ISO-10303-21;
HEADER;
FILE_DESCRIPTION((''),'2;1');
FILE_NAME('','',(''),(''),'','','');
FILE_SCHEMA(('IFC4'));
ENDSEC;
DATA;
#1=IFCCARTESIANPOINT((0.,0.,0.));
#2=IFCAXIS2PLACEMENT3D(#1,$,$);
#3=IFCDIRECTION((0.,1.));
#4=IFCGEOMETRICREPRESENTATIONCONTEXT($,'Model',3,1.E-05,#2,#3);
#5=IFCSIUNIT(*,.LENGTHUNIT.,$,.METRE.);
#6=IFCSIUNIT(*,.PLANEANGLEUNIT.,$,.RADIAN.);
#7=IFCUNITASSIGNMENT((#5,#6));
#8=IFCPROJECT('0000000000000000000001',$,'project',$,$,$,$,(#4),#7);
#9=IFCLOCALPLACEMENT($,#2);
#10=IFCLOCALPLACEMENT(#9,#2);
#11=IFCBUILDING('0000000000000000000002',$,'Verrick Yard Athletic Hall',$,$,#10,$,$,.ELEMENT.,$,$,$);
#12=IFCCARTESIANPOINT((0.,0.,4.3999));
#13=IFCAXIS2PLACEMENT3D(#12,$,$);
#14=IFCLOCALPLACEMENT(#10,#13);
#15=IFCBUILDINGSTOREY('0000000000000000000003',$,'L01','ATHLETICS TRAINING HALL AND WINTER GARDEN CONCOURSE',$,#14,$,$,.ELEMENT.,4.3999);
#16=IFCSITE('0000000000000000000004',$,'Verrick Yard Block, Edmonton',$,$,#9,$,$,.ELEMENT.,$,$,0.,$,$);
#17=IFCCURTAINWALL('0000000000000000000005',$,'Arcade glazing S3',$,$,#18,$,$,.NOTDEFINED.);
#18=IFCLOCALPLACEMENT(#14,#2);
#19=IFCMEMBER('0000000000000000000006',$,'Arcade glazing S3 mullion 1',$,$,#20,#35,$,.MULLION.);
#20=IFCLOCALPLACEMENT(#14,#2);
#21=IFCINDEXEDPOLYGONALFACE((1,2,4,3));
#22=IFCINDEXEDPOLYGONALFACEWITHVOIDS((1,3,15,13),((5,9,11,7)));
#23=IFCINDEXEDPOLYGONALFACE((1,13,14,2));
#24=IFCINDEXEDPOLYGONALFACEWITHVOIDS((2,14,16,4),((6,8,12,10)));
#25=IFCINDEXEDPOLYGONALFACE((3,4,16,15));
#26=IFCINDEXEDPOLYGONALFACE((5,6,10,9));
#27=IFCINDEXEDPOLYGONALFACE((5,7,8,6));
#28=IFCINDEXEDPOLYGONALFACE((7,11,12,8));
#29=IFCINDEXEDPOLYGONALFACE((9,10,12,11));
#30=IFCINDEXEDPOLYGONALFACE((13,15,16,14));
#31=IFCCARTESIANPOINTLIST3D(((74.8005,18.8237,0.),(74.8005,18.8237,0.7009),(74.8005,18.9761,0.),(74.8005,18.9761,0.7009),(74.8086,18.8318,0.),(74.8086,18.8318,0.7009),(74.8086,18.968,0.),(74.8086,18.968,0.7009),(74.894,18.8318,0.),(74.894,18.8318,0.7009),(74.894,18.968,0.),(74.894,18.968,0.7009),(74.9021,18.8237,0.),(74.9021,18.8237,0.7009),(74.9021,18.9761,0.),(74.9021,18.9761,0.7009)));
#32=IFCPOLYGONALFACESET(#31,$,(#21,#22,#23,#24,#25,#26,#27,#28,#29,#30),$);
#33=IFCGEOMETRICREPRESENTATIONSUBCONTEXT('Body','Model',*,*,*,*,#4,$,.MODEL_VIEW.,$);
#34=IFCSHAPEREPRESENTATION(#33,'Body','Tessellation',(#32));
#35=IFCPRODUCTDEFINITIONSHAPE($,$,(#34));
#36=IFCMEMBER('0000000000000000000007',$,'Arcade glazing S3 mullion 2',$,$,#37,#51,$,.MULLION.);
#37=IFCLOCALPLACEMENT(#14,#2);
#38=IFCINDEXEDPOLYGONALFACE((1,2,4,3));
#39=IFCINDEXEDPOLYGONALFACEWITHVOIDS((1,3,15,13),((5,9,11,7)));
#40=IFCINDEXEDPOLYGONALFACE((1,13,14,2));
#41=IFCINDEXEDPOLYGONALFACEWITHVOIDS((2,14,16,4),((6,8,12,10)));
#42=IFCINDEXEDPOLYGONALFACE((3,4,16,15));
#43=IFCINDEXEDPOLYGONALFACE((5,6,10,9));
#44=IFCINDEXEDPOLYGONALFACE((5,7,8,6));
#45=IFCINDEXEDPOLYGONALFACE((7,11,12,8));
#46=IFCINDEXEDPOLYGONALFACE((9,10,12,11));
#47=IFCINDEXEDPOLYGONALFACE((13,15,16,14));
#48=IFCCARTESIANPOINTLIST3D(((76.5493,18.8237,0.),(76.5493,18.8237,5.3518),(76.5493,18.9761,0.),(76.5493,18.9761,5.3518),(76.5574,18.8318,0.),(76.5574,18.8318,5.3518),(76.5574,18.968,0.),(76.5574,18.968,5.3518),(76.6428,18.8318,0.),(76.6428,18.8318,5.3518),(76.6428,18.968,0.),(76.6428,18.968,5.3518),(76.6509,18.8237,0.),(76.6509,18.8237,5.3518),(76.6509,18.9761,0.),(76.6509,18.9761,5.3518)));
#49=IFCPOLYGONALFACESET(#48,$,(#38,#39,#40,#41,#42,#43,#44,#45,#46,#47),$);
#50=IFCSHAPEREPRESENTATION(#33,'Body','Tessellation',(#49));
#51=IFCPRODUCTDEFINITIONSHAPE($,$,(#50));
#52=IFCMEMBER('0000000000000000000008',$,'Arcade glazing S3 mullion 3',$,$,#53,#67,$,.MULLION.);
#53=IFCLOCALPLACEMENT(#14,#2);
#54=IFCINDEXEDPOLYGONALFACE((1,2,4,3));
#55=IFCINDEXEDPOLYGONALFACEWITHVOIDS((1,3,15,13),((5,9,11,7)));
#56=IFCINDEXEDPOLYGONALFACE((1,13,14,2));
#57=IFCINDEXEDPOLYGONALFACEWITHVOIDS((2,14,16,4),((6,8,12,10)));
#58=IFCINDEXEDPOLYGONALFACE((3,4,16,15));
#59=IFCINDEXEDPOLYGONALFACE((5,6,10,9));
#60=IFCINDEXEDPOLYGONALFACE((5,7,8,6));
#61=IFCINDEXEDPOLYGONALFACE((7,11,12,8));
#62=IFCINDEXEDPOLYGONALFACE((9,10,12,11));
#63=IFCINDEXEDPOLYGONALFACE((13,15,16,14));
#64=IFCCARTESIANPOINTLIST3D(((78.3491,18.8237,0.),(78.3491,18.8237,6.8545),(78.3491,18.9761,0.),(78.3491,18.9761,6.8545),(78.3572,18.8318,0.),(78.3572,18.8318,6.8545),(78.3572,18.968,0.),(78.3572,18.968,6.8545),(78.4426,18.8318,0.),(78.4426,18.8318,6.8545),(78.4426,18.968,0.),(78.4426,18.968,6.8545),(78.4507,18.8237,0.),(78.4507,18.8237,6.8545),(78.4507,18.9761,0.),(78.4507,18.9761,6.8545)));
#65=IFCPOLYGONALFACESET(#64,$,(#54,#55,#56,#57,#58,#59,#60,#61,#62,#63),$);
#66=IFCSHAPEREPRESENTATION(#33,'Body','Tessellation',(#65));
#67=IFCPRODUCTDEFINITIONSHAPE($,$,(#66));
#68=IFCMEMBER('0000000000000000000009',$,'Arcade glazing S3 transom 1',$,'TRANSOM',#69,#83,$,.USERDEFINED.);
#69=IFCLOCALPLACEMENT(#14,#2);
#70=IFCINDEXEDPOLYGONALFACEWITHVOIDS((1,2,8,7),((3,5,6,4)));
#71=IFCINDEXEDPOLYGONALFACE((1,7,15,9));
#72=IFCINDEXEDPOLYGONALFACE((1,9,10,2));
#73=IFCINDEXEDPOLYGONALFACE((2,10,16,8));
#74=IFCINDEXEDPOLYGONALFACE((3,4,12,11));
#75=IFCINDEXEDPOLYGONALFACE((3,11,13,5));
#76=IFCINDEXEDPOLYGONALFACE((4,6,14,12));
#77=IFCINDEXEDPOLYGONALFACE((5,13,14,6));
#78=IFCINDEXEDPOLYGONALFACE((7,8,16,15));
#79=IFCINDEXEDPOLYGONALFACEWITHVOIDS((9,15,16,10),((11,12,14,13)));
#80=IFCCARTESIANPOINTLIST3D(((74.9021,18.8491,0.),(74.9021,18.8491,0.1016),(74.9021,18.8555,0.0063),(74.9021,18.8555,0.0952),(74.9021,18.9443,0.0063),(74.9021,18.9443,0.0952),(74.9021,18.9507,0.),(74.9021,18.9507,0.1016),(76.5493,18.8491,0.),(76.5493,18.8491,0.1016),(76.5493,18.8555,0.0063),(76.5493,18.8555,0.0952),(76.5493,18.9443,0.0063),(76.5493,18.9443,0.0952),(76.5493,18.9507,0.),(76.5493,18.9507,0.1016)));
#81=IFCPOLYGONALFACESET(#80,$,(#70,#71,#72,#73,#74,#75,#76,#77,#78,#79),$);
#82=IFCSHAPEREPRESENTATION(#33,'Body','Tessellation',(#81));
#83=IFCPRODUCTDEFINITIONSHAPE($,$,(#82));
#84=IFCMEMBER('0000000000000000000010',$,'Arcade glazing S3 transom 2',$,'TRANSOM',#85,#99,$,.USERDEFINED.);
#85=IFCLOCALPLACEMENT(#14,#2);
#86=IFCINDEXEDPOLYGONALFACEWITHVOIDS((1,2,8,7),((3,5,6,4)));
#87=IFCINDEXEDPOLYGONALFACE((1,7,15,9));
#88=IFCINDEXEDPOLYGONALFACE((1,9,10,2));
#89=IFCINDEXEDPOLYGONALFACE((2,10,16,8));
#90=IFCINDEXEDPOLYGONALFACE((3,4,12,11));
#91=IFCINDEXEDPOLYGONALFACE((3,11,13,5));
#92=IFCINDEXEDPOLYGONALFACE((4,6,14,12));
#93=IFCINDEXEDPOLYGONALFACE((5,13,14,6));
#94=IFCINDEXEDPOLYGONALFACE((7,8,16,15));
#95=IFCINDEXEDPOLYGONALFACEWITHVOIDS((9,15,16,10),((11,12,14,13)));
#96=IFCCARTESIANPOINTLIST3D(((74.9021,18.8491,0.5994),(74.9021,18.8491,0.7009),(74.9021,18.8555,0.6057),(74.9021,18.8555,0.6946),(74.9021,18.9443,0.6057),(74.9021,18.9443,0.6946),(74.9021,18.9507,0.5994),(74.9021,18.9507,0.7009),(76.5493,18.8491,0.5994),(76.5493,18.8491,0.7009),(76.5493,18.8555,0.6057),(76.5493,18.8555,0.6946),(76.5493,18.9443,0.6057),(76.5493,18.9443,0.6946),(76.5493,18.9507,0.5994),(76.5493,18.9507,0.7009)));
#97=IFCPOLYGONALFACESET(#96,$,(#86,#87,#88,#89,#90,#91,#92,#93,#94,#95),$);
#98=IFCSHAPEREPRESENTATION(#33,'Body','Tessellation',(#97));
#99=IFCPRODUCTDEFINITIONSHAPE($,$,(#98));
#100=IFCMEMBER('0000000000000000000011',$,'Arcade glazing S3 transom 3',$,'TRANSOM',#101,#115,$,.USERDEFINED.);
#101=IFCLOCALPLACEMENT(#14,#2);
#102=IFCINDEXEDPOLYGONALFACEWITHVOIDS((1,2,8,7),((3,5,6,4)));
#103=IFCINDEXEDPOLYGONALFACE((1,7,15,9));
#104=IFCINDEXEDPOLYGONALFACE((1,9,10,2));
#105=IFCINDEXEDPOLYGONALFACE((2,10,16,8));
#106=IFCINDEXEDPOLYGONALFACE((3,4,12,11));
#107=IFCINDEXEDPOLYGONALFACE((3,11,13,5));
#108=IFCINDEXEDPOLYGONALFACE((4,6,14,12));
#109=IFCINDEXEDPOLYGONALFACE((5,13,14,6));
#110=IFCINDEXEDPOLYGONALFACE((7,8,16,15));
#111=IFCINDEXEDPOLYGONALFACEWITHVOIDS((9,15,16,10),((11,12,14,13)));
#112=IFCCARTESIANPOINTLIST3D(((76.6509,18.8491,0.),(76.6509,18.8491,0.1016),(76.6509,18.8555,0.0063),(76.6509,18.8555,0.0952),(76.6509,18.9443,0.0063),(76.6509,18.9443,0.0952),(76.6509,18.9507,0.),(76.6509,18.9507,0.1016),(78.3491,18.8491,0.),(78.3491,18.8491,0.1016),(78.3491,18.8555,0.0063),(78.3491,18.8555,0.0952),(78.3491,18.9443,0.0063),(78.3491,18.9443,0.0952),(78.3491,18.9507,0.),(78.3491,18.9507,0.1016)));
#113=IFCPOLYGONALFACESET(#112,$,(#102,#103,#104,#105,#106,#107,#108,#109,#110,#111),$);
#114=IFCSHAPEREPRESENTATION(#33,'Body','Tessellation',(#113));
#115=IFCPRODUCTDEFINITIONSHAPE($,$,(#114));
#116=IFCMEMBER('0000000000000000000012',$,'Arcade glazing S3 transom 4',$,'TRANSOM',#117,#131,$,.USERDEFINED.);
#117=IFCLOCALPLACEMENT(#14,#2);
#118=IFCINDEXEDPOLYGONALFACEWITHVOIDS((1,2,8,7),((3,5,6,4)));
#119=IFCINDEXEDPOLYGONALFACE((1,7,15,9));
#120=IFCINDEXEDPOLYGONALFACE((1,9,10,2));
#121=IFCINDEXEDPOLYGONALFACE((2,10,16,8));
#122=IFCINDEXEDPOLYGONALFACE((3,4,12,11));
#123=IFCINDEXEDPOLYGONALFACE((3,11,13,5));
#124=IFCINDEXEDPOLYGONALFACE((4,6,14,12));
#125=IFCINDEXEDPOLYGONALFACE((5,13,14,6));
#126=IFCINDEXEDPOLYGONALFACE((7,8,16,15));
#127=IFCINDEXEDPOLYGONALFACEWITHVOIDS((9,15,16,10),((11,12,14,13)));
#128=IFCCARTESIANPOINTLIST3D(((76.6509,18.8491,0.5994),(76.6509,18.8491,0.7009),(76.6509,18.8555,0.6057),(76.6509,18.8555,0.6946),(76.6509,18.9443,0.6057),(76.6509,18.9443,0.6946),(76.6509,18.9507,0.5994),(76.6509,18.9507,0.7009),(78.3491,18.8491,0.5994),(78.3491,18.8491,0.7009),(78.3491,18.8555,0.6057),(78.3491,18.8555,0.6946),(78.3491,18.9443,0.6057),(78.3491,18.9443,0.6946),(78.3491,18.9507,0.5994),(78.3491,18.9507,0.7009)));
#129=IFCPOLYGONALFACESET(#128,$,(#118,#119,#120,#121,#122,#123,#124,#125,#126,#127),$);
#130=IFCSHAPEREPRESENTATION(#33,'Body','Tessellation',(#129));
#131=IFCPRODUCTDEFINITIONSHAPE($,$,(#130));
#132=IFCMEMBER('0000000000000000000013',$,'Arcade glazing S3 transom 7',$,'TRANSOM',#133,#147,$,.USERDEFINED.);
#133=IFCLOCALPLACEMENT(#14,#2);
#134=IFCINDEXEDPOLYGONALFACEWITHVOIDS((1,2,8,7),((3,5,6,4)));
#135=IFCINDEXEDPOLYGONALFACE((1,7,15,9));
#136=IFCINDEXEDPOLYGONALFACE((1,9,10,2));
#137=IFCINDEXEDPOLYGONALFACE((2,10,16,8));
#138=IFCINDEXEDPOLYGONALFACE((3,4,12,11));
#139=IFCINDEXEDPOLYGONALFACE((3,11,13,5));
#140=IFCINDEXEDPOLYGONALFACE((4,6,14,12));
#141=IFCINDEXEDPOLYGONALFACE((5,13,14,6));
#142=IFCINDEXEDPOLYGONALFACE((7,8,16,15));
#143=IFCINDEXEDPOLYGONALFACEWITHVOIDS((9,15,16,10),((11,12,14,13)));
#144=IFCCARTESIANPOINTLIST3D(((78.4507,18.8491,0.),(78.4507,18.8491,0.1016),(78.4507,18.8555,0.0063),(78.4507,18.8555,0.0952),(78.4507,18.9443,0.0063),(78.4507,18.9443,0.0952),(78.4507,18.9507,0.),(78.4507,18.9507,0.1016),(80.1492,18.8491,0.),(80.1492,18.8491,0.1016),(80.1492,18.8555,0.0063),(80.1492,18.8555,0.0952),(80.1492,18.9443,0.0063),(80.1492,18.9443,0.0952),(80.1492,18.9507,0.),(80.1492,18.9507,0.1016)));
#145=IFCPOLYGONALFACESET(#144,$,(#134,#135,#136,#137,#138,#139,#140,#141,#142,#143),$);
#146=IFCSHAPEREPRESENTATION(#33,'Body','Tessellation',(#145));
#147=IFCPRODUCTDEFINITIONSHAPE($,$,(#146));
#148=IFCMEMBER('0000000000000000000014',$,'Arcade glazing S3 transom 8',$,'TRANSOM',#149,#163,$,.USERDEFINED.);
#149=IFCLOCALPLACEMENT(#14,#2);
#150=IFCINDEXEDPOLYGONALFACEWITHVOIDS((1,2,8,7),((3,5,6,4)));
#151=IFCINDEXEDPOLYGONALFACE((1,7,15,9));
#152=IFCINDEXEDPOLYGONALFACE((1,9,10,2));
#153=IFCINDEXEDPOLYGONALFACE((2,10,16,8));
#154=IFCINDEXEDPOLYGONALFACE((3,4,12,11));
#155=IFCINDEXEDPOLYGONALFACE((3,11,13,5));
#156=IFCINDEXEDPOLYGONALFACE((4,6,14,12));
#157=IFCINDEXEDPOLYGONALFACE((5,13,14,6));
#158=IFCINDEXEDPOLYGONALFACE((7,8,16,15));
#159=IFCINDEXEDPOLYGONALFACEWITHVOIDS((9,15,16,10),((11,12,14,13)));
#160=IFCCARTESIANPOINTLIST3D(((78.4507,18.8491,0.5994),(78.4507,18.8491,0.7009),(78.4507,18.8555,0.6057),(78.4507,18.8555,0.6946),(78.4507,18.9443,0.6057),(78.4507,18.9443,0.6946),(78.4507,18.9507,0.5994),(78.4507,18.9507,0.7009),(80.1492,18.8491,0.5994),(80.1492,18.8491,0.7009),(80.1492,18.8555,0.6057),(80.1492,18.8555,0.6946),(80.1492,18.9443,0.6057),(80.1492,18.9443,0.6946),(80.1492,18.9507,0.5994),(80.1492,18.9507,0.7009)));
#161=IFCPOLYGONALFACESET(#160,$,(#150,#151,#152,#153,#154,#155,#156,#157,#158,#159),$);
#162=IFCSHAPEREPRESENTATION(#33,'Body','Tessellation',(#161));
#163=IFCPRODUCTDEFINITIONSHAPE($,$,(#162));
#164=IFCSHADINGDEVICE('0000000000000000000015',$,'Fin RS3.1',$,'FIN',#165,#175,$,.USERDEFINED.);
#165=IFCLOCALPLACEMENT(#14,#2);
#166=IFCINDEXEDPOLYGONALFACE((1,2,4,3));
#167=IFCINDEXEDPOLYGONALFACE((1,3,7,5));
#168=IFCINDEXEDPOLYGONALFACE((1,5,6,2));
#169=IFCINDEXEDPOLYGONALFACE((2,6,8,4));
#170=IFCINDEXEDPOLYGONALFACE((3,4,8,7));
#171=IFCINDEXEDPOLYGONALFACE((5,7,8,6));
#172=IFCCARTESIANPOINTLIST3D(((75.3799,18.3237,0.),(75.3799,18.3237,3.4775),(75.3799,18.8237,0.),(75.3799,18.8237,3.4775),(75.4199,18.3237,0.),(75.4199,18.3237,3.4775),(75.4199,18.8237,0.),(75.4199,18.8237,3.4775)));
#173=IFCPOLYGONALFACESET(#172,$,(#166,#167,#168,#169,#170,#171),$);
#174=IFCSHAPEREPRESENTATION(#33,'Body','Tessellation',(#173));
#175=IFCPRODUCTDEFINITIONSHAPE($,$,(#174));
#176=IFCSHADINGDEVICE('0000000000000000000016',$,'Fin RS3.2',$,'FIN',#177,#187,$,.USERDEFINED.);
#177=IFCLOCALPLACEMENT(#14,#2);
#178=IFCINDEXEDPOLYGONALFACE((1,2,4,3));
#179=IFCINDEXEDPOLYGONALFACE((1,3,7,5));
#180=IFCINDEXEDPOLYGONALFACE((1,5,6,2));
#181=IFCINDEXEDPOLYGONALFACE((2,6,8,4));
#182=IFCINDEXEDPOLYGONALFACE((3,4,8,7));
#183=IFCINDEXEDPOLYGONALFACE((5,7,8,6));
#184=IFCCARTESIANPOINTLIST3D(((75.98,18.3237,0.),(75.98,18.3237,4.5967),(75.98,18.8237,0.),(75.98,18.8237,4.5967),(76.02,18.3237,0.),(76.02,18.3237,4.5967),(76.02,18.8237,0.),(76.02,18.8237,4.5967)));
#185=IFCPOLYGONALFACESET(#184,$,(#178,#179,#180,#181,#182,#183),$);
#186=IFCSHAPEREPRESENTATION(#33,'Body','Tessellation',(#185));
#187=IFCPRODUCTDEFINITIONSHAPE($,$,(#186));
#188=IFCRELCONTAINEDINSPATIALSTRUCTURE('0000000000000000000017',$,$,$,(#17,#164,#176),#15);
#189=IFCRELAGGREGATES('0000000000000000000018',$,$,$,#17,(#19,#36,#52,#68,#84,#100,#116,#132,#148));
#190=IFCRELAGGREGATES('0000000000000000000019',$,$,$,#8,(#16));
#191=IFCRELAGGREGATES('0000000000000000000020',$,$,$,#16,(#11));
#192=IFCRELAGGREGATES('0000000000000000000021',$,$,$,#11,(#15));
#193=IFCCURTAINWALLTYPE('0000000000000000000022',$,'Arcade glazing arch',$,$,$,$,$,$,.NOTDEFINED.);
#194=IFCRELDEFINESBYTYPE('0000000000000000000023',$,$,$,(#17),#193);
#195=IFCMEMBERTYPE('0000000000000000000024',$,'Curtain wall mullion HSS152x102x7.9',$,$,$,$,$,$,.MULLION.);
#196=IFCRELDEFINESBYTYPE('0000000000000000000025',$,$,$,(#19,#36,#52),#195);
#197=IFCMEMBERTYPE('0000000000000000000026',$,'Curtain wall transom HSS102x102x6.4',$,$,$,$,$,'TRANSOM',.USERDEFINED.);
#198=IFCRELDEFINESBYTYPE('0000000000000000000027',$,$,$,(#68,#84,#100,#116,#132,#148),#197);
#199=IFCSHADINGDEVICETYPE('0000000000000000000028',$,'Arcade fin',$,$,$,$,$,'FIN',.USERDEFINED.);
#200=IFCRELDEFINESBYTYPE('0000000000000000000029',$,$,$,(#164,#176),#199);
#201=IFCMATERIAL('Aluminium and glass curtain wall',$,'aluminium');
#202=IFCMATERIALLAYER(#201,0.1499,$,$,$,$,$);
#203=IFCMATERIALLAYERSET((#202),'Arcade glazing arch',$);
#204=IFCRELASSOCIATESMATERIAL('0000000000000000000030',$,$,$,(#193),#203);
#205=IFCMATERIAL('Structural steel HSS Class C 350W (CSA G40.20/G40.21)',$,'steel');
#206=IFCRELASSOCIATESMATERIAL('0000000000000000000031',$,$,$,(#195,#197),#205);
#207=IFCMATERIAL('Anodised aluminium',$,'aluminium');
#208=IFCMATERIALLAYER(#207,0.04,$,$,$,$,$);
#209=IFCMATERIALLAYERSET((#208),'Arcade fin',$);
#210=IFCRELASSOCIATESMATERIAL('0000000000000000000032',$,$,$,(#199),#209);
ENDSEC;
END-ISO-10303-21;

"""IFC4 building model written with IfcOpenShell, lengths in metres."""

from ifc_helpers import new_model, si_unit, direction, frame, origin, origin_2d, place, context, subcontext, project, spatial, polyline, hollow_rectangle, outline, extrude, material, layer, layer_set, material_profile, profile_set, type_object, element, aggregate, save


model = new_model("IFC4")

# Units and contexts
model_context = context("Model", 3, precision=1e-05, world=origin(), true_north=direction((0.0, 1.0)))
body_context = subcontext(model_context, "Body", "Model", "MODEL_VIEW")
ifc_project = project(units=[si_unit("LENGTHUNIT", "METRE"), si_unit("PLANEANGLEUNIT", "RADIAN")], contexts=[model_context])

# Site, building, storey
site_placement = place(None, origin())
site = spatial("IfcSite", under=ifc_project, at=site_placement, Name="Verrick Yard Block, Edmonton", CompositionType="ELEMENT", RefElevation=0.0)
building_placement = place(site_placement, origin())
building = spatial("IfcBuilding", under=site, at=building_placement, Name="Verrick Yard Athletic Hall", CompositionType="ELEMENT")
storey_placement = place(building_placement, frame((0.0, 0.0, 4.3999)))
storey = spatial("IfcBuildingStorey", under=building, at=storey_placement, Name="L01", Description="ATHLETICS TRAINING HALL AND WINTER GARDEN CONCOURSE", CompositionType="ELEMENT", Elevation=4.3999)

# Curtain wall, members
ifc_material_1 = material(Name="Aluminium and glass curtain wall", Category="aluminium")
ifc_layer_1 = layer(ifc_material_1, 0.1499)
ifc_layer_set_1 = layer_set([ifc_layer_1], Name="Arcade glazing arch")
curtain_wall_type = type_object("IfcCurtainWallType", Name="Arcade glazing arch", PredefinedType="NOTDEFINED", material=ifc_layer_set_1)
curtain_wall_placement = place(storey_placement, origin())
curtain_wall = element("IfcCurtainWall", 1, at=curtain_wall_placement, inside=storey, type_object=curtain_wall_type, Name="Arcade glazing S3", PredefinedType="NOTDEFINED")
ifc_material_2 = material(Name="Structural steel HSS Class C 350W (CSA G40.20/G40.21)", Category="steel")
ifc_material_profile_1 = material_profile(ifc_material_2, hollow_rectangle(XDim=0.1016, YDim=0.1523, WallThickness=0.0081, at=origin_2d()), Name="HSS152x102x7.9")
ifc_profile_set_1 = profile_set([ifc_material_profile_1], Name="Structural steel HSS Class C 350W (CSA G40.20/G40.21)")
member_type_1 = type_object("IfcMemberType", Name="Curtain wall mullion HSS152x102x7.9", PredefinedType="MULLION", material=ifc_profile_set_1)
member_1_placement = place(storey_placement, frame((74.8513, 18.8999, 0.0), z_axis=(0.0, 0.0, 1.0), x_axis=(1.0, 0.0, 0.0)))
member_1 = element("IfcMember", 2, at=member_1_placement, type_object=member_type_1, Name="Arcade glazing S3 mullion 1", PredefinedType="MULLION", context=body_context, shape_type="SweptSolid", body=[
    extrude(hollow_rectangle(XDim=0.1016, YDim=0.1523, WallThickness=0.0081, at=origin_2d()), origin(), (0.0, 0.0, 1.0), 0.7009),
])
member_2_placement = place(storey_placement, frame((76.6001, 18.8999, 0.0), z_axis=(0.0, 0.0, 1.0), x_axis=(1.0, 0.0, 0.0)))
member_2 = element("IfcMember", 3, at=member_2_placement, type_object=member_type_1, Name="Arcade glazing S3 mullion 2", PredefinedType="MULLION", context=body_context, shape_type="SweptSolid", body=[
    extrude(hollow_rectangle(XDim=0.1016, YDim=0.1523, WallThickness=0.0081, at=origin_2d()), origin(), (0.0, 0.0, 1.0), 5.3518),
])
member_3_placement = place(storey_placement, frame((78.3999, 18.8999, 0.0), z_axis=(0.0, 0.0, 1.0), x_axis=(1.0, 0.0, 0.0)))
member_3 = element("IfcMember", 4, at=member_3_placement, type_object=member_type_1, Name="Arcade glazing S3 mullion 3", PredefinedType="MULLION", context=body_context, shape_type="SweptSolid", body=[
    extrude(hollow_rectangle(XDim=0.1016, YDim=0.1523, WallThickness=0.0081, at=origin_2d()), origin(), (0.0, 0.0, 1.0), 6.8545),
])
ifc_material_profile_2 = material_profile(ifc_material_2, hollow_rectangle(XDim=0.1016, YDim=0.1016, WallThickness=0.0063, at=origin_2d()), Name="HSS102x102x6.4")
ifc_profile_set_2 = profile_set([ifc_material_profile_2], Name="Structural steel HSS Class C 350W (CSA G40.20/G40.21)")
member_type_2 = type_object("IfcMemberType", Name="Curtain wall transom HSS102x102x6.4", ElementType="TRANSOM", PredefinedType="USERDEFINED", material=ifc_profile_set_2)
member_4_placement = place(storey_placement, frame((74.9021, 18.8999, 0.0508), z_axis=(1.0, 0.0, 0.0), x_axis=(0.0, 1.0, 0.0)))
member_4 = element("IfcMember", 5, at=member_4_placement, type_object=member_type_2, Name="Arcade glazing S3 transom 1", ObjectType="TRANSOM", PredefinedType="USERDEFINED", context=body_context, shape_type="SweptSolid", body=[
    extrude(hollow_rectangle(XDim=0.1016, YDim=0.1016, WallThickness=0.0063, at=origin_2d()), origin(), (0.0, 0.0, 1.0), 1.6472),
])
member_5_placement = place(storey_placement, frame((74.9021, 18.8999, 0.6501), z_axis=(1.0, 0.0, 0.0), x_axis=(0.0, 1.0, 0.0)))
member_5 = element("IfcMember", 6, at=member_5_placement, type_object=member_type_2, Name="Arcade glazing S3 transom 2", ObjectType="TRANSOM", PredefinedType="USERDEFINED", context=body_context, shape_type="SweptSolid", body=[
    extrude(hollow_rectangle(XDim=0.1016, YDim=0.1016, WallThickness=0.0063, at=origin_2d()), origin(), (0.0, 0.0, 1.0), 1.6472),
])
member_6_placement = place(storey_placement, frame((76.6509, 18.8999, 0.0508), z_axis=(1.0, 0.0, 0.0), x_axis=(0.0, 1.0, 0.0)))
member_6 = element("IfcMember", 7, at=member_6_placement, type_object=member_type_2, Name="Arcade glazing S3 transom 3", ObjectType="TRANSOM", PredefinedType="USERDEFINED", context=body_context, shape_type="SweptSolid", body=[
    extrude(hollow_rectangle(XDim=0.1016, YDim=0.1016, WallThickness=0.0063, at=origin_2d()), origin(), (0.0, 0.0, 1.0), 1.6982),
])
member_7_placement = place(storey_placement, frame((76.6509, 18.8999, 0.6501), z_axis=(1.0, 0.0, 0.0), x_axis=(0.0, 1.0, 0.0)))
member_7 = element("IfcMember", 8, at=member_7_placement, type_object=member_type_2, Name="Arcade glazing S3 transom 4", ObjectType="TRANSOM", PredefinedType="USERDEFINED", context=body_context, shape_type="SweptSolid", body=[
    extrude(hollow_rectangle(XDim=0.1016, YDim=0.1016, WallThickness=0.0063, at=origin_2d()), origin(), (0.0, 0.0, 1.0), 1.6982),
])
member_8_placement = place(storey_placement, frame((78.4507, 18.8999, 0.0508), z_axis=(1.0, 0.0, 0.0), x_axis=(0.0, 1.0, 0.0)))
member_8 = element("IfcMember", 9, at=member_8_placement, type_object=member_type_2, Name="Arcade glazing S3 transom 7", ObjectType="TRANSOM", PredefinedType="USERDEFINED", context=body_context, shape_type="SweptSolid", body=[
    extrude(hollow_rectangle(XDim=0.1016, YDim=0.1016, WallThickness=0.0063, at=origin_2d()), origin(), (0.0, 0.0, 1.0), 1.6985),
])
member_9_placement = place(storey_placement, frame((78.4507, 18.8999, 0.6501), z_axis=(1.0, 0.0, 0.0), x_axis=(0.0, 1.0, 0.0)))
member_9 = element("IfcMember", 10, at=member_9_placement, type_object=member_type_2, Name="Arcade glazing S3 transom 8", ObjectType="TRANSOM", PredefinedType="USERDEFINED", context=body_context, shape_type="SweptSolid", body=[
    extrude(hollow_rectangle(XDim=0.1016, YDim=0.1016, WallThickness=0.0063, at=origin_2d()), origin(), (0.0, 0.0, 1.0), 1.6985),
])
aggregate(curtain_wall, [member_1, member_2, member_3, member_4, member_5, member_6, member_7, member_8, member_9])

# Shading devices
ifc_material_3 = material(Name="Anodised aluminium", Category="aluminium")
ifc_layer_2 = layer(ifc_material_3, 0.04)
ifc_layer_set_2 = layer_set([ifc_layer_2], Name="Arcade fin")
shading_device_type = type_object("IfcShadingDeviceType", Name="Arcade fin", ElementType="FIN", PredefinedType="USERDEFINED", material=ifc_layer_set_2)
shading_device_1_placement = place(storey_placement, frame((75.3999, 18.8237, 0.0), z_axis=(0.0, 0.0, 1.0), x_axis=(0.0, -1.0, 0.0)))
element("IfcShadingDevice", 11, at=shading_device_1_placement, inside=storey, type_object=shading_device_type, Name="Fin RS3.1", ObjectType="FIN", PredefinedType="USERDEFINED", context=body_context, shape_type="SweptSolid", body=[
    extrude(outline(polyline([(0.0, 0.0), (0.5, 0.0), (0.5, 3.4775), (0.0, 3.4775), (0.0, 0.0)])), frame((0.0, 0.02, 0.0), z_axis=(0.0, -1.0, 0.0), x_axis=(1.0, 0.0, 0.0)), (0.0, 0.0, 1.0), 0.04),
])
shading_device_2_placement = place(storey_placement, frame((76.0, 18.8237, 0.0), z_axis=(0.0, 0.0, 1.0), x_axis=(0.0, -1.0, 0.0)))
element("IfcShadingDevice", 12, at=shading_device_2_placement, inside=storey, type_object=shading_device_type, Name="Fin RS3.2", ObjectType="FIN", PredefinedType="USERDEFINED", context=body_context, shape_type="SweptSolid", body=[
    extrude(outline(polyline([(0.0, 0.0), (0.5, 0.0), (0.5, 4.5967), (0.0, 4.5967), (0.0, 0.0)])), frame((0.0, 0.02, 0.0), z_axis=(0.0, -1.0, 0.0), x_axis=(1.0, 0.0, 0.0)), (0.0, 0.0, 1.0), 0.04),
])

save(model, "model.ifc")
